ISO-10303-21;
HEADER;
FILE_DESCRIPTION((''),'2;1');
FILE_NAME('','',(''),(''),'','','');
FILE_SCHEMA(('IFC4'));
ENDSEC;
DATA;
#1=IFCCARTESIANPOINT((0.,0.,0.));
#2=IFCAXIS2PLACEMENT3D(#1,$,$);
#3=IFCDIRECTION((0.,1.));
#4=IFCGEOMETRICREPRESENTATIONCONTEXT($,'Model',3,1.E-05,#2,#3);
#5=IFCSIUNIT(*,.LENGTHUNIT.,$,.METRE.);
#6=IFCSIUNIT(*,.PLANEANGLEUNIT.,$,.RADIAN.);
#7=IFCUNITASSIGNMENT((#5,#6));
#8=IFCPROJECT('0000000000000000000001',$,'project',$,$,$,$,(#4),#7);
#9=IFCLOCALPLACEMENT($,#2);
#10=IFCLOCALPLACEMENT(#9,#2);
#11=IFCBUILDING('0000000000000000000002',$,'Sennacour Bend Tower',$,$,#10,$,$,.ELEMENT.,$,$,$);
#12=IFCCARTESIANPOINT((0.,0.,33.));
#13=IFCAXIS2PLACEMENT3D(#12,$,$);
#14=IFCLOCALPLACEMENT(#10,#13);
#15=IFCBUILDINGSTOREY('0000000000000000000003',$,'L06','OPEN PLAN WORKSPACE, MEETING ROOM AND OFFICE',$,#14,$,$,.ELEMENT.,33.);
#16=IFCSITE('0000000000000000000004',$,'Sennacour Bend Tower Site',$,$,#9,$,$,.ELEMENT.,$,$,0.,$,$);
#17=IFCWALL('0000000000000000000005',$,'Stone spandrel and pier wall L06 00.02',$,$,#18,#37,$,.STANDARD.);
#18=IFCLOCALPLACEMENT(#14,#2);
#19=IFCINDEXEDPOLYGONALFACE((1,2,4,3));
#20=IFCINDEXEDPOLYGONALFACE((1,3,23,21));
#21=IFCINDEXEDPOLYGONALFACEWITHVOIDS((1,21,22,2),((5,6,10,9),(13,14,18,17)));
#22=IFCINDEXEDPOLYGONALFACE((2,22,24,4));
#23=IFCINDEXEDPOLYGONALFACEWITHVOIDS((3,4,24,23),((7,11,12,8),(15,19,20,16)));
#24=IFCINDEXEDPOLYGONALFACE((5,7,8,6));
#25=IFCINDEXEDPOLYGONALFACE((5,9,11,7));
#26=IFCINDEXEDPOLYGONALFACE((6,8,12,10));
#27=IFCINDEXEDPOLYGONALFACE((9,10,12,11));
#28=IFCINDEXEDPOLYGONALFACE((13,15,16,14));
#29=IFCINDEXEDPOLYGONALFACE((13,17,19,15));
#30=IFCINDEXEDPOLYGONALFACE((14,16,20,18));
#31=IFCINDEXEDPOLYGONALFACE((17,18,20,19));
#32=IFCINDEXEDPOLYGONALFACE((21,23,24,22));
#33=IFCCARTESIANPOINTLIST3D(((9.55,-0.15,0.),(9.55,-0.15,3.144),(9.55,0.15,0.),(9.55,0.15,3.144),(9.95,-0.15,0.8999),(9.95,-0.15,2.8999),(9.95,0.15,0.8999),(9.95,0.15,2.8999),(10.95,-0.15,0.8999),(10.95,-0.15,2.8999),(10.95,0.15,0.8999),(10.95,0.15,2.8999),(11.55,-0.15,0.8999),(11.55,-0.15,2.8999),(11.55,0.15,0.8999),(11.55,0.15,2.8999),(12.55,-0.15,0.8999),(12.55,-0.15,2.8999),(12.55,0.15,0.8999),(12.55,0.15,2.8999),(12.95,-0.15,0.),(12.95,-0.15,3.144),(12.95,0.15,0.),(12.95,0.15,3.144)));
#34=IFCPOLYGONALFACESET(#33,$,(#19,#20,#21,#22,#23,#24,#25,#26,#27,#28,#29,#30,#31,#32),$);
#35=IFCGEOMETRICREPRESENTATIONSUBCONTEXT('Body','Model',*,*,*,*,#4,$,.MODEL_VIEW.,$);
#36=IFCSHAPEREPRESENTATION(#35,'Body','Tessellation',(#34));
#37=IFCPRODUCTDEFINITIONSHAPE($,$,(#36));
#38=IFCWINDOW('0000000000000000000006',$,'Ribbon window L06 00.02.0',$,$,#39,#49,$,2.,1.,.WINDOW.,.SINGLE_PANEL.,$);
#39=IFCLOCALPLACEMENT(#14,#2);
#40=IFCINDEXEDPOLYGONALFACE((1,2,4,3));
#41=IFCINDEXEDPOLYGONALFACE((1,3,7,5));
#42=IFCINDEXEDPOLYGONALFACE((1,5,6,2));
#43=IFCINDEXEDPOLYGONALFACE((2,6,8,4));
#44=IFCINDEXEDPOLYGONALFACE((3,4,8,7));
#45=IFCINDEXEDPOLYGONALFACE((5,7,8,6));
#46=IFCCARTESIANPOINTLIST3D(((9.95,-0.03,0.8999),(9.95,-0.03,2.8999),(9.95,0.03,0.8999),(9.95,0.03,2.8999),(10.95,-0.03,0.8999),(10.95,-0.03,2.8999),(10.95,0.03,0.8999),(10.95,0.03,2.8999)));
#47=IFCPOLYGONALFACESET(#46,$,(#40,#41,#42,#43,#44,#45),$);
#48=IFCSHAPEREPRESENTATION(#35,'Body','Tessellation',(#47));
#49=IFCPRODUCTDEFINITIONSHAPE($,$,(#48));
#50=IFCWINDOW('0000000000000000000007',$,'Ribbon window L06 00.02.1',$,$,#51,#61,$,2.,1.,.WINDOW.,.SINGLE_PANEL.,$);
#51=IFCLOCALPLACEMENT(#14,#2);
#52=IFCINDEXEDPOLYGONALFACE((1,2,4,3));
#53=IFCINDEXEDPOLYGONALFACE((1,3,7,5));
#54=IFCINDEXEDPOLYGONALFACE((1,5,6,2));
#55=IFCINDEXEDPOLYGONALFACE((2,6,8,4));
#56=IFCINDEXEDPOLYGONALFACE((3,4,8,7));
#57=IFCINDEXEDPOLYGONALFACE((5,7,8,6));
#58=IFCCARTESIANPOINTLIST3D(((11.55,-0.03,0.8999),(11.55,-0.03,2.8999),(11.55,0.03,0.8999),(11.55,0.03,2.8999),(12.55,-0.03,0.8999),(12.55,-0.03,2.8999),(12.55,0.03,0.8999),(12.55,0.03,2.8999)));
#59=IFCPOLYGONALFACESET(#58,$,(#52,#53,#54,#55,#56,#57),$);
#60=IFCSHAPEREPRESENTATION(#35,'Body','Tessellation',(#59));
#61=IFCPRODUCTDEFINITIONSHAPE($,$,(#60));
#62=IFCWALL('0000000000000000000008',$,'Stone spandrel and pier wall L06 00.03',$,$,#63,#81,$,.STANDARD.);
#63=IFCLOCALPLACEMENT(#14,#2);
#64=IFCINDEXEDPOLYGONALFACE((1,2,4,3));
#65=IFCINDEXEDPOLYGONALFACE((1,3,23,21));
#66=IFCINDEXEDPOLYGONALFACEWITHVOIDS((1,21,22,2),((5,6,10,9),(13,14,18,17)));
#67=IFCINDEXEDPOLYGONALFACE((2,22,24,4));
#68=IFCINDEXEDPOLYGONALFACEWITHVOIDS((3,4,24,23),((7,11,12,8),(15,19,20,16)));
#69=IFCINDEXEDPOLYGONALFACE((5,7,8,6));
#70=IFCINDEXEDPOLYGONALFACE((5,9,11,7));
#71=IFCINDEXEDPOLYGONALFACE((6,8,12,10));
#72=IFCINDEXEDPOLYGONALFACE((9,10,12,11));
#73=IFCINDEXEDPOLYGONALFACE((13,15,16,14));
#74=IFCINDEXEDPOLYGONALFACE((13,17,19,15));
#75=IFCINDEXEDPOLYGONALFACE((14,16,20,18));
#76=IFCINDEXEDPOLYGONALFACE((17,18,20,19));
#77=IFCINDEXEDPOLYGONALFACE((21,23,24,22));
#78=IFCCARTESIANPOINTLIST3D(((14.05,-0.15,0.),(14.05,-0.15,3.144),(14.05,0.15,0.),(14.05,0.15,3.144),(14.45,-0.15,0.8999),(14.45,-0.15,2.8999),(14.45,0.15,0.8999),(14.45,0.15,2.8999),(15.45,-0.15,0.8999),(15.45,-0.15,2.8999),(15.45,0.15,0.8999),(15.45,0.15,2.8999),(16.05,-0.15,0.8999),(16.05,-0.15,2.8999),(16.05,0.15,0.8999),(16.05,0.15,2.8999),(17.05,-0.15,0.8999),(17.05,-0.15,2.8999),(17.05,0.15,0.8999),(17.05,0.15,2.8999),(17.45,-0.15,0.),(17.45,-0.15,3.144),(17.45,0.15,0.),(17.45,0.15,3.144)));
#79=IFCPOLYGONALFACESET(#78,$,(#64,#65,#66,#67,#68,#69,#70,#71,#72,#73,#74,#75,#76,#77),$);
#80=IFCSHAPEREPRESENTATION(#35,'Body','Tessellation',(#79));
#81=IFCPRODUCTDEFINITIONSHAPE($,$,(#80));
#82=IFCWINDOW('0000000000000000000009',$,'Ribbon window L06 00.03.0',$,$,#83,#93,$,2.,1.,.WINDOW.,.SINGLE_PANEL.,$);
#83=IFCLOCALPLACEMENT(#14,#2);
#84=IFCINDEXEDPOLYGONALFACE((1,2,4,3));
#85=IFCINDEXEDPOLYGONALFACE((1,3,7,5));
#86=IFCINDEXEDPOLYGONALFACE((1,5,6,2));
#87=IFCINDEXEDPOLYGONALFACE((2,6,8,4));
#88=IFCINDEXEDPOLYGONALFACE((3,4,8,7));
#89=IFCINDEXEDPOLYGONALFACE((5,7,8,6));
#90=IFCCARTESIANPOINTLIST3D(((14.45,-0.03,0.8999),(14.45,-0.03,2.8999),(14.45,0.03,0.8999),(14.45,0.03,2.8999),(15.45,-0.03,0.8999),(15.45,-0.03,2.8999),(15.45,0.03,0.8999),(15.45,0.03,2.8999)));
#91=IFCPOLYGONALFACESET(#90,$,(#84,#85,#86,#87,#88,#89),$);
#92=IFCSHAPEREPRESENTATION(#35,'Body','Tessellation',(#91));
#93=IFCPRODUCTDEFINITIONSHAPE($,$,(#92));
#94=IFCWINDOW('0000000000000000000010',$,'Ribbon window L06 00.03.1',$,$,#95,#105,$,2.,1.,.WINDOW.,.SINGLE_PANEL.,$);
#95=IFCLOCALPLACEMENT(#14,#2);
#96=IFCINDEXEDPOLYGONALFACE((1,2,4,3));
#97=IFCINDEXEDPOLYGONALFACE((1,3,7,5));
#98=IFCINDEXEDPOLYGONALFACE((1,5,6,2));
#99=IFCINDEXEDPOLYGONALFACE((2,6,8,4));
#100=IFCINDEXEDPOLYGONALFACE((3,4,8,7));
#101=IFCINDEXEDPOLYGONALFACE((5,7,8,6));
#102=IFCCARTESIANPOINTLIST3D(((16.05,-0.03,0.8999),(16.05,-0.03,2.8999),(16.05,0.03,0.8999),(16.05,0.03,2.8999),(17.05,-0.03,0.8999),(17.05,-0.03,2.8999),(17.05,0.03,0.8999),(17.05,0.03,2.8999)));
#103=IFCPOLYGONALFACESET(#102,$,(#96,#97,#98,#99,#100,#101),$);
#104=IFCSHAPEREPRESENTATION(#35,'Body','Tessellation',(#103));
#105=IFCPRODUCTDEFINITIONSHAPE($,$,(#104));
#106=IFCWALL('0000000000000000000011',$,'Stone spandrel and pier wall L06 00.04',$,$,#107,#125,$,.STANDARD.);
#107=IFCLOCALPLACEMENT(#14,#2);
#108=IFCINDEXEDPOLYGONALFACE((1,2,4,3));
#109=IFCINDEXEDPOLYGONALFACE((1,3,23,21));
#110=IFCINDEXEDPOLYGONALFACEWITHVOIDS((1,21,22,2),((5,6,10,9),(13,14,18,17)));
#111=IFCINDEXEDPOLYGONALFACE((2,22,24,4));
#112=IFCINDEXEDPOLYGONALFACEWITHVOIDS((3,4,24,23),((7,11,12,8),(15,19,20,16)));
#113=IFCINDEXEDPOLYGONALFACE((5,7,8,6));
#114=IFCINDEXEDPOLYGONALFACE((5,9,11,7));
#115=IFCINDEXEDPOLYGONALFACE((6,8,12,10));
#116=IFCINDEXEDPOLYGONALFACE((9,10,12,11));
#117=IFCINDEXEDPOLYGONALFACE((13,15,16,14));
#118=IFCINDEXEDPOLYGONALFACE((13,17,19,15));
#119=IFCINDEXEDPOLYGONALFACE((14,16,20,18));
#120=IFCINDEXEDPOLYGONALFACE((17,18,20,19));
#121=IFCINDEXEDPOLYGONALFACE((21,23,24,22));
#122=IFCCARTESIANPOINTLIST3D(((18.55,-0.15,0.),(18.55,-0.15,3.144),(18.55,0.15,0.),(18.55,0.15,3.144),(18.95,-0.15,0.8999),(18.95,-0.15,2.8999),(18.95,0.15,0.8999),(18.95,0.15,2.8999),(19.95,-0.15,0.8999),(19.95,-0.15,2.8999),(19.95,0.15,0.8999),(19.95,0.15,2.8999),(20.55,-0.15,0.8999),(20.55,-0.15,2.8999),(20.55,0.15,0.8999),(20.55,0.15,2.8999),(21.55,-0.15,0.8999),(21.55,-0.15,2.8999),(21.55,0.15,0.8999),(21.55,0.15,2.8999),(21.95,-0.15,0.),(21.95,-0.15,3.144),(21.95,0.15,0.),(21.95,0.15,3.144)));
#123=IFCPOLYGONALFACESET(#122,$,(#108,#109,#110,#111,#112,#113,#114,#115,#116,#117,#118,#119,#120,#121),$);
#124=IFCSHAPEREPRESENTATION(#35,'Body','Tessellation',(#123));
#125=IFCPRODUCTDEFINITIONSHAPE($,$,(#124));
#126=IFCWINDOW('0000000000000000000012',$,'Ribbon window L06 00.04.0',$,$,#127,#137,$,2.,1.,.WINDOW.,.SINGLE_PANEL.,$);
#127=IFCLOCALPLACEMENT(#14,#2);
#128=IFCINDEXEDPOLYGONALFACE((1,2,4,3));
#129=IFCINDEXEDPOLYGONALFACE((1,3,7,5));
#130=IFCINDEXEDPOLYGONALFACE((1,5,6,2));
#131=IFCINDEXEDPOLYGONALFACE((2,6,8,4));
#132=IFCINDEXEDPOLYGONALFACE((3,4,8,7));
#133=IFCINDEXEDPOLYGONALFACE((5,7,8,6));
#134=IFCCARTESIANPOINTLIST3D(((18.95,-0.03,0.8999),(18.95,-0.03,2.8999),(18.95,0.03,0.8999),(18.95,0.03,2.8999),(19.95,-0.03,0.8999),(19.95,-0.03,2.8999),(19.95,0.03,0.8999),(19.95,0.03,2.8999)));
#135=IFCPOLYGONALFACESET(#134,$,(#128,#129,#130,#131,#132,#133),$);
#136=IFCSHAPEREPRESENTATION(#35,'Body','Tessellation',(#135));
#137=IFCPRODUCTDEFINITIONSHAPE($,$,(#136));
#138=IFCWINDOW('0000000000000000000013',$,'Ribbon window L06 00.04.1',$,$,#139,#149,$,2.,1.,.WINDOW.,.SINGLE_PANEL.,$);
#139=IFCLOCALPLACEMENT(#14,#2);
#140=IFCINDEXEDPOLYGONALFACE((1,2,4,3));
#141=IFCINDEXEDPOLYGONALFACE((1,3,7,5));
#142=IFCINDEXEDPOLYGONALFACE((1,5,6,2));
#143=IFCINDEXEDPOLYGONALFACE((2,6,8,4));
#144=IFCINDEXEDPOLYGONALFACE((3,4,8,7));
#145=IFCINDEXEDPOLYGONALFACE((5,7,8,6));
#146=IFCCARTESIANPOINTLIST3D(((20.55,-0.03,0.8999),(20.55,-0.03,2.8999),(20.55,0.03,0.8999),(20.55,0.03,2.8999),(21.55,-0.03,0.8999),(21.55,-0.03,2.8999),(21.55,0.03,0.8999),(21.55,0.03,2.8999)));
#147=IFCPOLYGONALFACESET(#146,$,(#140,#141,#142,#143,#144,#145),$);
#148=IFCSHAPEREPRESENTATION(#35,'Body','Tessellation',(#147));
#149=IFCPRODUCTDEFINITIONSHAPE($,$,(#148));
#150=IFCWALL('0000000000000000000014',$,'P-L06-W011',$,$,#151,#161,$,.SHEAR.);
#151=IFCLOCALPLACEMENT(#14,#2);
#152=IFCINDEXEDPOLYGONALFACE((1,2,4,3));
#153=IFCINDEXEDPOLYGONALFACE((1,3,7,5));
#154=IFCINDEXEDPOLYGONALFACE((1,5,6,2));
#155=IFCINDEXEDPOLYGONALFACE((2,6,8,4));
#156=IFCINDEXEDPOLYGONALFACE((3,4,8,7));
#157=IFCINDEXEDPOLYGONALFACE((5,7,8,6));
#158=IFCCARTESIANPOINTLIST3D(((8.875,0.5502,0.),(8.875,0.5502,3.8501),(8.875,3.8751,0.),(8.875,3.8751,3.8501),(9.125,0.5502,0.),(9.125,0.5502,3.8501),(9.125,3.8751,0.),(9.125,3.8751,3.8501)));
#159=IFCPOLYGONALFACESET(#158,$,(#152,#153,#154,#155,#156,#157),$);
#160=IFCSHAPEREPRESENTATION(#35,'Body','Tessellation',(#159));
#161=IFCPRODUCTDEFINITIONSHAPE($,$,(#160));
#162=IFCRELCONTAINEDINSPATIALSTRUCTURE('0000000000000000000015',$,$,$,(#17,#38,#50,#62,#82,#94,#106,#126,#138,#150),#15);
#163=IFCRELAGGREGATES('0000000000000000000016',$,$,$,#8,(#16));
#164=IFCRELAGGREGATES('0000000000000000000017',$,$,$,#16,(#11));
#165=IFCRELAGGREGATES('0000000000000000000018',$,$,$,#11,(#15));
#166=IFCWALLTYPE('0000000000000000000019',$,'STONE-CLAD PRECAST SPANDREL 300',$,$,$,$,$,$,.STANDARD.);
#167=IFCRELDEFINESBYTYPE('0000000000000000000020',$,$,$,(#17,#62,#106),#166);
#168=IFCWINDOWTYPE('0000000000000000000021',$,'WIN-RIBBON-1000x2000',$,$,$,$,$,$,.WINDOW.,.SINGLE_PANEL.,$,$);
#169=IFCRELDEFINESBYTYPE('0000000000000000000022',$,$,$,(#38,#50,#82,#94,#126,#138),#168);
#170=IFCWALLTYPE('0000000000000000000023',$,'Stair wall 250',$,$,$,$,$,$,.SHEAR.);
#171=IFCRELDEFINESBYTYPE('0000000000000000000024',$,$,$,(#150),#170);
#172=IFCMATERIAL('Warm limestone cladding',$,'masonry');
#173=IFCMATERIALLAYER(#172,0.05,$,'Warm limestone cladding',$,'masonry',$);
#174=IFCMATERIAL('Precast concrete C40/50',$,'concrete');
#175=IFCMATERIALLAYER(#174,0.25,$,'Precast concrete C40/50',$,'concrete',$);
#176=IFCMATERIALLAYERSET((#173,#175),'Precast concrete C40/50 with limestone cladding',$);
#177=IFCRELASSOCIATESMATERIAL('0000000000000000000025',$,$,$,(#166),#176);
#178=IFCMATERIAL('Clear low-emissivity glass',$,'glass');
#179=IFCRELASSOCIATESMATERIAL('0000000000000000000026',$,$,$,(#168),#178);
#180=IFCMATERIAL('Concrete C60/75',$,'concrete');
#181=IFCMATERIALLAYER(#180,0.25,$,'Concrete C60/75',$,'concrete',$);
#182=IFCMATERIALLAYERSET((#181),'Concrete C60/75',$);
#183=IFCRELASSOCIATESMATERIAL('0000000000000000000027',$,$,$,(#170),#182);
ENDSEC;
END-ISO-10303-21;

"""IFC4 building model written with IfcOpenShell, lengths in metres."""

from ifc_helpers import new_model, si_unit, direction, frame, frame_2d, origin, place, context, subcontext, project, spatial, rectangle, extrude, material, layer, layer_set, type_object, element, fill, save


model = new_model("IFC4")

# Units and contexts
model_context = context("Model", 3, precision=1e-05, world=origin(), true_north=direction((0.0, 1.0)))
body_context = subcontext(model_context, "Body", "Model", "MODEL_VIEW")
ifc_project = project(units=[si_unit("LENGTHUNIT", "METRE"), si_unit("PLANEANGLEUNIT", "RADIAN")], contexts=[model_context])

# Site, building, storey
site_placement = place(None, origin())
site = spatial("IfcSite", under=ifc_project, at=site_placement, Name="Sennacour Bend Tower Site", CompositionType="ELEMENT", RefElevation=0.0)
building_placement = place(site_placement, origin())
building = spatial("IfcBuilding", under=site, at=building_placement, Name="Sennacour Bend Tower", CompositionType="ELEMENT")
storey_placement = place(building_placement, frame((0.0, 0.0, 33.0)))
storey = spatial("IfcBuildingStorey", under=building, at=storey_placement, Name="L06", Description="OPEN PLAN WORKSPACE, MEETING ROOM AND OFFICE", CompositionType="ELEMENT", Elevation=33.0)

# Walls, openings, windows
ifc_material_1 = material(Name="Warm limestone cladding", Category="masonry")
ifc_layer_1 = layer(ifc_material_1, 0.05, Name="Warm limestone cladding", Category="masonry")
ifc_material_2 = material(Name="Precast concrete C40/50", Category="concrete")
ifc_layer_2 = layer(ifc_material_2, 0.25, Name="Precast concrete C40/50", Category="concrete")
ifc_layer_set_1 = layer_set([ifc_layer_1, ifc_layer_2], Name="Precast concrete C40/50 with limestone cladding")
wall_type_1 = type_object("IfcWallType", Name="STONE-CLAD PRECAST SPANDREL 300", PredefinedType="STANDARD", material=ifc_layer_set_1)
ifc_material_3 = material(Name="Clear low-emissivity glass", Category="glass")
window_type = type_object("IfcWindowType", Name="WIN-RIBBON-1000x2000", PartitioningType="SINGLE_PANEL", PredefinedType="WINDOW", material=ifc_material_3)
wall_1_placement = place(storey_placement, frame((9.55, 0.0, 0.0), z_axis=(0.0, 0.0, 1.0), x_axis=(1.0, 0.0, 0.0)))
wall_1 = element("IfcWall", 1, at=wall_1_placement, inside=storey, type_object=wall_type_1, Name="Stone spandrel and pier wall L06 00.02", PredefinedType="STANDARD", context=body_context, shape_type="SweptSolid", body=[
    extrude(rectangle(XDim=3.3999, YDim=0.3, at=frame_2d((1.7, 0.0))), origin(), (0.0, 0.0, 1.0), 3.144),
])
opening_1_placement = place(wall_1_placement, frame((0.3999, 0.0, 0.8999)))
opening_1 = element("IfcOpeningElement", 2, at=opening_1_placement, cuts=wall_1, PredefinedType="OPENING", context=body_context, shape_type="SweptSolid", body=[
    extrude(rectangle(XDim=1.0, YDim=2.0, at=frame_2d((0.5, 1.0))), frame((0.0, 0.1602, 0.0), z_axis=(0.0, -1.0, 0.0), x_axis=(1.0, 0.0, 0.0)), (0.0, 0.0, 1.0), 0.3201),
])
opening_2_placement = place(wall_1_placement, frame((2.0, 0.0, 0.8999)))
opening_2 = element("IfcOpeningElement", 3, at=opening_2_placement, cuts=wall_1, PredefinedType="OPENING", context=body_context, shape_type="SweptSolid", body=[
    extrude(rectangle(XDim=1.0, YDim=2.0, at=frame_2d((0.5, 1.0))), frame((0.0, 0.1602, 0.0), z_axis=(0.0, -1.0, 0.0), x_axis=(1.0, 0.0, 0.0)), (0.0, 0.0, 1.0), 0.3201),
])
window_1_placement = place(opening_1_placement, origin())
window_1 = element("IfcWindow", 4, at=window_1_placement, inside=storey, type_object=window_type, Name="Ribbon window L06 00.02.0", OverallHeight=2.0, OverallWidth=1.0, PartitioningType="SINGLE_PANEL", PredefinedType="WINDOW", context=body_context, shape_type="SweptSolid", body=[
    extrude(rectangle(XDim=1.0, YDim=2.0, at=frame_2d((0.5, 1.0))), frame((0.0, 0.03, 0.0), z_axis=(0.0, -1.0, 0.0), x_axis=(1.0, 0.0, 0.0)), (0.0, 0.0, 1.0), 0.0601),
])
fill(opening_1, window_1)
window_2_placement = place(opening_2_placement, origin())
window_2 = element("IfcWindow", 5, at=window_2_placement, inside=storey, type_object=window_type, Name="Ribbon window L06 00.02.1", OverallHeight=2.0, OverallWidth=1.0, PartitioningType="SINGLE_PANEL", PredefinedType="WINDOW", context=body_context, shape_type="SweptSolid", body=[
    extrude(rectangle(XDim=1.0, YDim=2.0, at=frame_2d((0.5, 1.0))), frame((0.0, 0.03, 0.0), z_axis=(0.0, -1.0, 0.0), x_axis=(1.0, 0.0, 0.0)), (0.0, 0.0, 1.0), 0.0601),
])
fill(opening_2, window_2)
wall_2_placement = place(storey_placement, frame((14.05, 0.0, 0.0), z_axis=(0.0, 0.0, 1.0), x_axis=(1.0, 0.0, 0.0)))
wall_2 = element("IfcWall", 6, at=wall_2_placement, inside=storey, type_object=wall_type_1, Name="Stone spandrel and pier wall L06 00.03", PredefinedType="STANDARD", context=body_context, shape_type="SweptSolid", body=[
    extrude(rectangle(XDim=3.3999, YDim=0.3, at=frame_2d((1.7, 0.0))), origin(), (0.0, 0.0, 1.0), 3.144),
])
opening_3_placement = place(wall_2_placement, frame((0.3999, 0.0, 0.8999)))
opening_3 = element("IfcOpeningElement", 7, at=opening_3_placement, cuts=wall_2, PredefinedType="OPENING", context=body_context, shape_type="SweptSolid", body=[
    extrude(rectangle(XDim=1.0, YDim=2.0, at=frame_2d((0.5, 1.0))), frame((0.0, 0.1602, 0.0), z_axis=(0.0, -1.0, 0.0), x_axis=(1.0, 0.0, 0.0)), (0.0, 0.0, 1.0), 0.3201),
])
opening_4_placement = place(wall_2_placement, frame((2.0, 0.0, 0.8999)))
opening_4 = element("IfcOpeningElement", 8, at=opening_4_placement, cuts=wall_2, PredefinedType="OPENING", context=body_context, shape_type="SweptSolid", body=[
    extrude(rectangle(XDim=1.0, YDim=2.0, at=frame_2d((0.5, 1.0))), frame((0.0, 0.1602, 0.0), z_axis=(0.0, -1.0, 0.0), x_axis=(1.0, 0.0, 0.0)), (0.0, 0.0, 1.0), 0.3201),
])
window_3_placement = place(opening_3_placement, origin())
window_3 = element("IfcWindow", 9, at=window_3_placement, inside=storey, type_object=window_type, Name="Ribbon window L06 00.03.0", OverallHeight=2.0, OverallWidth=1.0, PartitioningType="SINGLE_PANEL", PredefinedType="WINDOW", context=body_context, shape_type="SweptSolid", body=[
    extrude(rectangle(XDim=1.0, YDim=2.0, at=frame_2d((0.5, 1.0))), frame((0.0, 0.03, 0.0), z_axis=(0.0, -1.0, 0.0), x_axis=(1.0, 0.0, 0.0)), (0.0, 0.0, 1.0), 0.0601),
])
fill(opening_3, window_3)
window_4_placement = place(opening_4_placement, origin())
window_4 = element("IfcWindow", 10, at=window_4_placement, inside=storey, type_object=window_type, Name="Ribbon window L06 00.03.1", OverallHeight=2.0, OverallWidth=1.0, PartitioningType="SINGLE_PANEL", PredefinedType="WINDOW", context=body_context, shape_type="SweptSolid", body=[
    extrude(rectangle(XDim=1.0, YDim=2.0, at=frame_2d((0.5, 1.0))), frame((0.0, 0.03, 0.0), z_axis=(0.0, -1.0, 0.0), x_axis=(1.0, 0.0, 0.0)), (0.0, 0.0, 1.0), 0.0601),
])
fill(opening_4, window_4)
wall_3_placement = place(storey_placement, frame((18.55, 0.0, 0.0), z_axis=(0.0, 0.0, 1.0), x_axis=(1.0, 0.0, 0.0)))
wall_3 = element("IfcWall", 11, at=wall_3_placement, inside=storey, type_object=wall_type_1, Name="Stone spandrel and pier wall L06 00.04", PredefinedType="STANDARD", context=body_context, shape_type="SweptSolid", body=[
    extrude(rectangle(XDim=3.3999, YDim=0.3, at=frame_2d((1.7, 0.0))), origin(), (0.0, 0.0, 1.0), 3.144),
])
opening_5_placement = place(wall_3_placement, frame((0.3999, 0.0, 0.8999)))
opening_5 = element("IfcOpeningElement", 12, at=opening_5_placement, cuts=wall_3, PredefinedType="OPENING", context=body_context, shape_type="SweptSolid", body=[
    extrude(rectangle(XDim=1.0, YDim=2.0, at=frame_2d((0.5, 1.0))), frame((0.0, 0.1602, 0.0), z_axis=(0.0, -1.0, 0.0), x_axis=(1.0, 0.0, 0.0)), (0.0, 0.0, 1.0), 0.3201),
])
opening_6_placement = place(wall_3_placement, frame((2.0, 0.0, 0.8999)))
opening_6 = element("IfcOpeningElement", 13, at=opening_6_placement, cuts=wall_3, PredefinedType="OPENING", context=body_context, shape_type="SweptSolid", body=[
    extrude(rectangle(XDim=1.0, YDim=2.0, at=frame_2d((0.5, 1.0))), frame((0.0, 0.1602, 0.0), z_axis=(0.0, -1.0, 0.0), x_axis=(1.0, 0.0, 0.0)), (0.0, 0.0, 1.0), 0.3201),
])
window_5_placement = place(opening_5_placement, origin())
window_5 = element("IfcWindow", 14, at=window_5_placement, inside=storey, type_object=window_type, Name="Ribbon window L06 00.04.0", OverallHeight=2.0, OverallWidth=1.0, PartitioningType="SINGLE_PANEL", PredefinedType="WINDOW", context=body_context, shape_type="SweptSolid", body=[
    extrude(rectangle(XDim=1.0, YDim=2.0, at=frame_2d((0.5, 1.0))), frame((0.0, 0.03, 0.0), z_axis=(0.0, -1.0, 0.0), x_axis=(1.0, 0.0, 0.0)), (0.0, 0.0, 1.0), 0.0601),
])
fill(opening_5, window_5)
window_6_placement = place(opening_6_placement, origin())
window_6 = element("IfcWindow", 15, at=window_6_placement, inside=storey, type_object=window_type, Name="Ribbon window L06 00.04.1", OverallHeight=2.0, OverallWidth=1.0, PartitioningType="SINGLE_PANEL", PredefinedType="WINDOW", context=body_context, shape_type="SweptSolid", body=[
    extrude(rectangle(XDim=1.0, YDim=2.0, at=frame_2d((0.5, 1.0))), frame((0.0, 0.03, 0.0), z_axis=(0.0, -1.0, 0.0), x_axis=(1.0, 0.0, 0.0)), (0.0, 0.0, 1.0), 0.0601),
])
fill(opening_6, window_6)

# Wall
ifc_material_4 = material(Name="Concrete C60/75", Category="concrete")
ifc_layer_3 = layer(ifc_material_4, 0.25, Name="Concrete C60/75", Category="concrete")
ifc_layer_set_2 = layer_set([ifc_layer_3], Name="Concrete C60/75")
wall_type_2 = type_object("IfcWallType", Name="Stair wall 250", PredefinedType="SHEAR", material=ifc_layer_set_2)
wall_4_placement = place(storey_placement, frame((9.0, 0.55, 0.0), z_axis=(0.0, 0.0, 1.0), x_axis=(0.0, 1.0, 0.0)))
element("IfcWall", 16, at=wall_4_placement, inside=storey, type_object=wall_type_2, Name="P-L06-W011", PredefinedType="SHEAR", context=body_context, shape_type="SweptSolid", body=[
    extrude(rectangle(XDim=3.325, YDim=0.25, at=frame_2d((1.6626, 0.0))), origin(), (0.0, 0.0, 1.0), 3.8501),
])

save(model, "model.ifc")
